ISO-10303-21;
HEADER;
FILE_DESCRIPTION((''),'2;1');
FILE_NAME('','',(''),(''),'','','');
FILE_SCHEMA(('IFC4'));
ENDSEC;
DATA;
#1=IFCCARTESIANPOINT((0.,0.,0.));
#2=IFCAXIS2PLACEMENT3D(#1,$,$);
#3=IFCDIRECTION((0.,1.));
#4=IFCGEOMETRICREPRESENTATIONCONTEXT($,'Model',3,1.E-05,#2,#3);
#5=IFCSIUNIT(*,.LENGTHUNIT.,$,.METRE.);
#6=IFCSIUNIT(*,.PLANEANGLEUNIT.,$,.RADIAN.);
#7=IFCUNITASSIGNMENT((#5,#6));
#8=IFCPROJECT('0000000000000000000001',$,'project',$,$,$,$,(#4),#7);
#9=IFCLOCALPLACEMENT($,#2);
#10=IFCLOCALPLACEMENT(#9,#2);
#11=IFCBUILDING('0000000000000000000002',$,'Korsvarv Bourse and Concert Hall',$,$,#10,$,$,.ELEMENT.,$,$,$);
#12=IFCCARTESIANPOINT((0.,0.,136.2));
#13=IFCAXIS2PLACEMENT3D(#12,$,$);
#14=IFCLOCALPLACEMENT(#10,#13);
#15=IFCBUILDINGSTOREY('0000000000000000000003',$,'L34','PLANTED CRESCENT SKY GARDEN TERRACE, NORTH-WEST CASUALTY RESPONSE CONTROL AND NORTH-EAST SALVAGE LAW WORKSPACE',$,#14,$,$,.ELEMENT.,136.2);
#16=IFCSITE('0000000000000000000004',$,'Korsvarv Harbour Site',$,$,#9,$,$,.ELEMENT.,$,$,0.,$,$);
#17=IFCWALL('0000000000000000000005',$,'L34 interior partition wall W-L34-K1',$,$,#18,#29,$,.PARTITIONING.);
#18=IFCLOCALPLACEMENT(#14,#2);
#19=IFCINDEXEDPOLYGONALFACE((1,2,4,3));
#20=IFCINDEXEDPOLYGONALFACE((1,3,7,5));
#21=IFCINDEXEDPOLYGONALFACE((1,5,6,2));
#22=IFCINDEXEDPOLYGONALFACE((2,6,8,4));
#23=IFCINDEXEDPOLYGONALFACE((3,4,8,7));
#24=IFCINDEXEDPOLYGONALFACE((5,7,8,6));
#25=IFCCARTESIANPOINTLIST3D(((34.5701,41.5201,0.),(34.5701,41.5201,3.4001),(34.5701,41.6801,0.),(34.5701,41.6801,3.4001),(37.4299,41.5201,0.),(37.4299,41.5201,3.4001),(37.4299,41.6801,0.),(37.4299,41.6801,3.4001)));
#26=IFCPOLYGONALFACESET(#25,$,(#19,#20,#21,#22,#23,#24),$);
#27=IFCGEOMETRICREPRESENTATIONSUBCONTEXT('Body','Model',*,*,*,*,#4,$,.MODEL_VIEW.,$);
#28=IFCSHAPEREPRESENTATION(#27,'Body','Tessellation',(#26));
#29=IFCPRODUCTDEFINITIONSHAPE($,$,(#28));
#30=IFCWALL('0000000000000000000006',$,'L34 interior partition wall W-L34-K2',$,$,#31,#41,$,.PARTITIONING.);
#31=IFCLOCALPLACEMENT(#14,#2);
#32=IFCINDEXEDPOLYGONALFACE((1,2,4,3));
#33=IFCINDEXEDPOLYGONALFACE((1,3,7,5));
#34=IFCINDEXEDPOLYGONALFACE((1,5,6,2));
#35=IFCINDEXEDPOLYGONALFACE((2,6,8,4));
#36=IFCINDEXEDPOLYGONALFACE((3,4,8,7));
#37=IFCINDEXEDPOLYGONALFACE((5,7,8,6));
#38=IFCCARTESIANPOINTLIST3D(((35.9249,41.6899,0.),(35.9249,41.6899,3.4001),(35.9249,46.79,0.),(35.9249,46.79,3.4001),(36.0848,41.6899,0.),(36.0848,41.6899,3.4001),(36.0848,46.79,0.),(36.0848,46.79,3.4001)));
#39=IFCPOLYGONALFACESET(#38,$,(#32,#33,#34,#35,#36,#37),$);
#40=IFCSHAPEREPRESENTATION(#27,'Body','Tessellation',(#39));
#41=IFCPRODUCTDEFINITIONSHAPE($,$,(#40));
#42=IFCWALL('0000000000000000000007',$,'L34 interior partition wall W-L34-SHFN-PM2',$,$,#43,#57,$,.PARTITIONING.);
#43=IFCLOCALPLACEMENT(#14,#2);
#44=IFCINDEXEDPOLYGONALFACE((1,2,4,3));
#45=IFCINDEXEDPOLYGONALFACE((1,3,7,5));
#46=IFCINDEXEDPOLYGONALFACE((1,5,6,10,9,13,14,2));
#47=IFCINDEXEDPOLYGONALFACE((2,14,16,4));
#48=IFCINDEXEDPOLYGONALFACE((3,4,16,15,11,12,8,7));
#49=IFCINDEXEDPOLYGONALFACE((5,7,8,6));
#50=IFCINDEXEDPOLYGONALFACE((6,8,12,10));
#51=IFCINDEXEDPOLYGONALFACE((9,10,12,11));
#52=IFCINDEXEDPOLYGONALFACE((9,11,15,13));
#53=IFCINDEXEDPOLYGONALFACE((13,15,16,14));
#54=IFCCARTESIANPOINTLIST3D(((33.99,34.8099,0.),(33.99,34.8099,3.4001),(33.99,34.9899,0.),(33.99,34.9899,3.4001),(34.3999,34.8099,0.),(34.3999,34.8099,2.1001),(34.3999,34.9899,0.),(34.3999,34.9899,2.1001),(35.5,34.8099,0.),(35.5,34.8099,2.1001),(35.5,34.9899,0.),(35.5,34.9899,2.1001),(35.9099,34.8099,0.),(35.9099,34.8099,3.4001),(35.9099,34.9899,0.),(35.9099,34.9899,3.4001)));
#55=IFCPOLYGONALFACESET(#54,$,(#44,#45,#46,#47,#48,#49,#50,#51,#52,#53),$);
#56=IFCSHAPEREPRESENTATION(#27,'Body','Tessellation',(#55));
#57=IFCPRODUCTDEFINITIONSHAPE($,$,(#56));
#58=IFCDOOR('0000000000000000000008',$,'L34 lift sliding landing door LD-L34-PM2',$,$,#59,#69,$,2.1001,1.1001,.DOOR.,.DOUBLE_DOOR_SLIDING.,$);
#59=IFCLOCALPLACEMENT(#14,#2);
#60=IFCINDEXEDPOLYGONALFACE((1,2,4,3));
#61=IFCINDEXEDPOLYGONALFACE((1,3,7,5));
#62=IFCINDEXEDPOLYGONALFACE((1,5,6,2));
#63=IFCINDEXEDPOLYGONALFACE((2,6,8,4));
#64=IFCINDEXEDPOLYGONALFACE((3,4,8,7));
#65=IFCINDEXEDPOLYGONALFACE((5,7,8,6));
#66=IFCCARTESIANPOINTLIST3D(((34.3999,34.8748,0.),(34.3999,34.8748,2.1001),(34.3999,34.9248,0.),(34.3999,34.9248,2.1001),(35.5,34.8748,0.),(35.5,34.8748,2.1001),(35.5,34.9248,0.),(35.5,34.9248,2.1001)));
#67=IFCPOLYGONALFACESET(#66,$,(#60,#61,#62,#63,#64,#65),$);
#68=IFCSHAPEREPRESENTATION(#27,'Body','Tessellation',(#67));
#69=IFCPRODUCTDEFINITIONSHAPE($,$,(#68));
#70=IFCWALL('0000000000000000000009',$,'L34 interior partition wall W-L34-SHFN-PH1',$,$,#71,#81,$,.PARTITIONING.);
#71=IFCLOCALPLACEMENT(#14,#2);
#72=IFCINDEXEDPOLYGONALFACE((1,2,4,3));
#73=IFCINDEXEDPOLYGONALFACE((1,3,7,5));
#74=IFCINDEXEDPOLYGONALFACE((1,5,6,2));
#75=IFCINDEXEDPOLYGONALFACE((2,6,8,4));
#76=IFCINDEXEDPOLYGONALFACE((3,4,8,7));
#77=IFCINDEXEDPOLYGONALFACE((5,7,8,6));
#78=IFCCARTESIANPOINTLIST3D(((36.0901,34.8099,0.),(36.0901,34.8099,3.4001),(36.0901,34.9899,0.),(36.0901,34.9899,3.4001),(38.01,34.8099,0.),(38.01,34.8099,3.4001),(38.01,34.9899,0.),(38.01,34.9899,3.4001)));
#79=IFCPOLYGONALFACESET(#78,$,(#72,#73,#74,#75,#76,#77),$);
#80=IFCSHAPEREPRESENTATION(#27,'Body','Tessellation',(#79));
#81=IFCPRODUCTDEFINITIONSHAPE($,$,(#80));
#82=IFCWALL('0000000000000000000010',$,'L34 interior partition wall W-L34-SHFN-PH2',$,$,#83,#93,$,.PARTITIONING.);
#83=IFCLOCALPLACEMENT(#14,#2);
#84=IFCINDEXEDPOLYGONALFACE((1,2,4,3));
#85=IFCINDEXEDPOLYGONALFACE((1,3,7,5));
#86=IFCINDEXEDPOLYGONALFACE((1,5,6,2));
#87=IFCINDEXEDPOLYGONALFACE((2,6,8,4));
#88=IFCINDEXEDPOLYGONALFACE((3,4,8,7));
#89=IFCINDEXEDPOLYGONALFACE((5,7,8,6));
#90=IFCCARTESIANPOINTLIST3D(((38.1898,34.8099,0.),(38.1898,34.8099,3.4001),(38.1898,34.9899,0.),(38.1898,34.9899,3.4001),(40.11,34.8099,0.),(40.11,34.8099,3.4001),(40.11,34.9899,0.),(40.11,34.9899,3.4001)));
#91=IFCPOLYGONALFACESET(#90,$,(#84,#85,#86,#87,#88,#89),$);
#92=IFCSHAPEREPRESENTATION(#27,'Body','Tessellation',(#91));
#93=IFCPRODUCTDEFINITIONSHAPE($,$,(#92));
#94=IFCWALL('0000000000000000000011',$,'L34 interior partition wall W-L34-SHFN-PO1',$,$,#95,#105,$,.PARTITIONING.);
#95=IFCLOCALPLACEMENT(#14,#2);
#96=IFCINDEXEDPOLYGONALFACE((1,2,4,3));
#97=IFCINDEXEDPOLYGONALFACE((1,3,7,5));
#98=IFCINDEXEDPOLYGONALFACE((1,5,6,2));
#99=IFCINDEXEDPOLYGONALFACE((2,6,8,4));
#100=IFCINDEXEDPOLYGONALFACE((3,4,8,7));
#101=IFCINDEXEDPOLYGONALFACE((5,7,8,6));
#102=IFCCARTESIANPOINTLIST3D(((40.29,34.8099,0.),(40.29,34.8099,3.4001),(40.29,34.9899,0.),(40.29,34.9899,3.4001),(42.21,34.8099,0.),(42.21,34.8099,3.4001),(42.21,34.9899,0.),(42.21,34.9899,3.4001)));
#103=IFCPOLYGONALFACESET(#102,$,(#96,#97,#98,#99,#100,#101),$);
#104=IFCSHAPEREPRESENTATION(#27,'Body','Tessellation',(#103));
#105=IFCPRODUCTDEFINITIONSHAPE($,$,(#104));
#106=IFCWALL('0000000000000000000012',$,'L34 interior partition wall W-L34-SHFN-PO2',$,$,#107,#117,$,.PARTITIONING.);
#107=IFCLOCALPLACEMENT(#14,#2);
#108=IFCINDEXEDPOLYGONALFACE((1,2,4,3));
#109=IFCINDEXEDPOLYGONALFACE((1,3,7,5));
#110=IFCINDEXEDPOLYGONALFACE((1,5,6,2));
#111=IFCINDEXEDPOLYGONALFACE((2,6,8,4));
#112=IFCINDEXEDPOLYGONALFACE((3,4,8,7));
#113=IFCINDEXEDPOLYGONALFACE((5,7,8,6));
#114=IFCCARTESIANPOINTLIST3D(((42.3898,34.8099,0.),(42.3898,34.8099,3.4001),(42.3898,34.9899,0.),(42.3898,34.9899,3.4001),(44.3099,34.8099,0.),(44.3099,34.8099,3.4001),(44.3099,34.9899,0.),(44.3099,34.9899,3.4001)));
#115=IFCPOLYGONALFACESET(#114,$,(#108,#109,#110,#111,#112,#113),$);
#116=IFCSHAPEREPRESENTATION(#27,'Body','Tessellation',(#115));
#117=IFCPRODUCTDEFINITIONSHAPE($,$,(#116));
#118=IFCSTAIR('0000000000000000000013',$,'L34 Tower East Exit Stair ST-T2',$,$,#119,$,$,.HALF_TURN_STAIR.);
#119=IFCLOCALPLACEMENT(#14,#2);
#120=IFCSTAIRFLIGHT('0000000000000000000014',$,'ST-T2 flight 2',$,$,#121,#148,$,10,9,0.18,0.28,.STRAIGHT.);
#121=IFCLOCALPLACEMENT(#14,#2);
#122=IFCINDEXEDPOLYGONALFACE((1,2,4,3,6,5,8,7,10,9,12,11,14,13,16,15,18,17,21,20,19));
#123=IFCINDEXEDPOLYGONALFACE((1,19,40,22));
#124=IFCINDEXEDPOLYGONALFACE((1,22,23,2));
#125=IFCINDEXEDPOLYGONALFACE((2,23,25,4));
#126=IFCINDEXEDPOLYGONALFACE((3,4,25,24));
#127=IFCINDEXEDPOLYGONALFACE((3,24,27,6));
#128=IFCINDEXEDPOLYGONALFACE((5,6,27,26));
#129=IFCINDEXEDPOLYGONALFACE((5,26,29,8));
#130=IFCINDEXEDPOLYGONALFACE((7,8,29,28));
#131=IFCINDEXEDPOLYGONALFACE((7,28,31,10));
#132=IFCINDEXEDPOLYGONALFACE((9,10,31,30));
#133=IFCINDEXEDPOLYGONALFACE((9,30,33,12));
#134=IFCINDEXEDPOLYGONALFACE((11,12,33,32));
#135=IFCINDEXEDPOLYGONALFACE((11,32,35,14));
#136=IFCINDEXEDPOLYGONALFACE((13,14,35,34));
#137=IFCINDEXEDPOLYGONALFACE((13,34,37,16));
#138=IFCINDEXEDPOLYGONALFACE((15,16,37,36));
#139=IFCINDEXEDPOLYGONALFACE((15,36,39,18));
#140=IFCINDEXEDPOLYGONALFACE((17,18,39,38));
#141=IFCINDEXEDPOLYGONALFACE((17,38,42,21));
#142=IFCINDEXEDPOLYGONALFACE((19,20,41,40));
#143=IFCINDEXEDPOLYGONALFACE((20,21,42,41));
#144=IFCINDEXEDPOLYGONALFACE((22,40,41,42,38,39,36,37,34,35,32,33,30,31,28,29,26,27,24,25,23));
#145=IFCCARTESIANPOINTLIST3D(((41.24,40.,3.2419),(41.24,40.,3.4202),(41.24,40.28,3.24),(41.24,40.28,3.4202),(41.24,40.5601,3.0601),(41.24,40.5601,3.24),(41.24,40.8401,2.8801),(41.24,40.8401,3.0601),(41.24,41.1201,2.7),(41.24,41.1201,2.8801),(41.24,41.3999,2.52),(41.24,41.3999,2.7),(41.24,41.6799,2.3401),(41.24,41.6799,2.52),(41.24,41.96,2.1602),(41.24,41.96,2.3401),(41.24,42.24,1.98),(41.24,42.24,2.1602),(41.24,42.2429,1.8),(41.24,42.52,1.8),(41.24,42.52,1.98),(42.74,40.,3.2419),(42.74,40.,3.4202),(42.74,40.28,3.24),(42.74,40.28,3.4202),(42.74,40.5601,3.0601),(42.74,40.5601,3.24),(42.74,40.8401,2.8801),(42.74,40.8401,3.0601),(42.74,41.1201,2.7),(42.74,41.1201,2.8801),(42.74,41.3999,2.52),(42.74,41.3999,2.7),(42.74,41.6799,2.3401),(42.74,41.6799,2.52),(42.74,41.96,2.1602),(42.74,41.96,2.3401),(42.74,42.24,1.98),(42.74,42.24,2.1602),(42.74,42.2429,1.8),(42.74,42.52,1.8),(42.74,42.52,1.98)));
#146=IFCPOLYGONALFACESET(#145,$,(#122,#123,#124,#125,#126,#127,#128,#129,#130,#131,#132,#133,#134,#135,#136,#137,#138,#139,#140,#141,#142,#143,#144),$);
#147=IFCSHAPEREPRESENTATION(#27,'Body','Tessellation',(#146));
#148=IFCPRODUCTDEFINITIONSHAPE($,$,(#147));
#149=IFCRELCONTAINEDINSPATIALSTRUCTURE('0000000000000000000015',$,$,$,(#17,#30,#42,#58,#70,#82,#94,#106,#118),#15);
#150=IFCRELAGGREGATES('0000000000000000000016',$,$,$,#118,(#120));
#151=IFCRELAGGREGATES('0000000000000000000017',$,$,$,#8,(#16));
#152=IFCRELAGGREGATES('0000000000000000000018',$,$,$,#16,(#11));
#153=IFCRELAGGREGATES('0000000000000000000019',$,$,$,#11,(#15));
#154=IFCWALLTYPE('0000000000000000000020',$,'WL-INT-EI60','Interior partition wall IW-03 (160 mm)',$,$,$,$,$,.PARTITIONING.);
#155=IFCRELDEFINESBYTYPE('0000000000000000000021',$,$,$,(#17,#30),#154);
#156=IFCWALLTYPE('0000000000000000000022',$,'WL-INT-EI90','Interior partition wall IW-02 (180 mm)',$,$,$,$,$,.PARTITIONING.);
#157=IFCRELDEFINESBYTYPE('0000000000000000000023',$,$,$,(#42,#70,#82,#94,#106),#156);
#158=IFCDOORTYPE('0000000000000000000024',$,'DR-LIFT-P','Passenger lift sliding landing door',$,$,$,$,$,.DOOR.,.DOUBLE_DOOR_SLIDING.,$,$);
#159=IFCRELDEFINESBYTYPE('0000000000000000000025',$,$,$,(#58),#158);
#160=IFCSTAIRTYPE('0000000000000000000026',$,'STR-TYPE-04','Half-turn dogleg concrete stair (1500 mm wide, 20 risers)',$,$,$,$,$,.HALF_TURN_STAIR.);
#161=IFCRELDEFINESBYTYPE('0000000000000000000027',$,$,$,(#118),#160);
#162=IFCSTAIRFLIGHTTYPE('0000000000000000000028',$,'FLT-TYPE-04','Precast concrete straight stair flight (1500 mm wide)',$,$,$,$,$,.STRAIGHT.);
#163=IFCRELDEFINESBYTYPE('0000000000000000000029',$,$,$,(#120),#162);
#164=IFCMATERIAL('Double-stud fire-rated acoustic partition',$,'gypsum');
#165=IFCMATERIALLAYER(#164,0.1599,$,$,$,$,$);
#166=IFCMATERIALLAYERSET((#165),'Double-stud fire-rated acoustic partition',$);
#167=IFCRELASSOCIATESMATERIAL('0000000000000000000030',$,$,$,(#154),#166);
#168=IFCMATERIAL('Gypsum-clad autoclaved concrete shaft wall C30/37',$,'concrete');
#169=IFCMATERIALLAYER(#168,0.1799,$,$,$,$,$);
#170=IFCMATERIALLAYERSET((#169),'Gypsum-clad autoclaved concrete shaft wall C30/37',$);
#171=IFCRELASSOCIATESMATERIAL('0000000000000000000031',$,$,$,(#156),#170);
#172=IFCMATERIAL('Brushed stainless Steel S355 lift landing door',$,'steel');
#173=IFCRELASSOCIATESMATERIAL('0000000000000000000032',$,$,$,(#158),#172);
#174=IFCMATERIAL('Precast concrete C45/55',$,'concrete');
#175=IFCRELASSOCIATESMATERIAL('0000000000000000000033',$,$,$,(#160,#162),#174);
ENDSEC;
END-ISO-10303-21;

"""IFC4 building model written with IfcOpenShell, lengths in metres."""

from ifc_helpers import new_model, si_unit, direction, frame, frame_2d, origin, place, context, subcontext, project, spatial, polyline, rectangle, outline, extrude, material, layer, layer_set, type_object, element, fill, aggregate, save


model = new_model("IFC4")

# Units and contexts
model_context = context("Model", 3, precision=1e-05, world=origin(), true_north=direction((0.0, 1.0)))
body_context = subcontext(model_context, "Body", "Model", "MODEL_VIEW")
ifc_project = project(units=[si_unit("LENGTHUNIT", "METRE"), si_unit("PLANEANGLEUNIT", "RADIAN")], contexts=[model_context])

# Site, building, storey
site_placement = place(None, origin())
site = spatial("IfcSite", under=ifc_project, at=site_placement, Name="Korsvarv Harbour Site", CompositionType="ELEMENT", RefElevation=0.0)
building_placement = place(site_placement, origin())
building = spatial("IfcBuilding", under=site, at=building_placement, Name="Korsvarv Bourse and Concert Hall", CompositionType="ELEMENT")
storey_placement = place(building_placement, frame((0.0, 0.0, 136.2)))
storey = spatial("IfcBuildingStorey", under=building, at=storey_placement, Name="L34", Description="PLANTED CRESCENT SKY GARDEN TERRACE, NORTH-WEST CASUALTY RESPONSE CONTROL AND NORTH-EAST SALVAGE LAW WORKSPACE", CompositionType="ELEMENT", Elevation=136.2)

# Walls
ifc_material_1 = material(Name="Double-stud fire-rated acoustic partition", Category="gypsum")
ifc_layer_1 = layer(ifc_material_1, 0.1599)
ifc_layer_set_1 = layer_set([ifc_layer_1], Name="Double-stud fire-rated acoustic partition")
wall_type_1 = type_object("IfcWallType", Name="WL-INT-EI60", Description="Interior partition wall IW-03 (160 mm)", PredefinedType="PARTITIONING", material=ifc_layer_set_1)
wall_1_placement = place(storey_placement, frame((34.5701, 41.6001, 0.0), z_axis=(0.0, 0.0, 1.0), x_axis=(1.0, 0.0, 0.0)))
element("IfcWall", 1, at=wall_1_placement, inside=storey, type_object=wall_type_1, Name="L34 interior partition wall W-L34-K1", PredefinedType="PARTITIONING", context=body_context, shape_type="SweptSolid", body=[
    extrude(rectangle(XDim=2.8599, YDim=0.1599, at=frame_2d((1.4299, 0.0))), origin(), (0.0, 0.0, 1.0), 3.4001),
])
wall_2_placement = place(storey_placement, frame((36.0049, 41.6899, 0.0), z_axis=(0.0, 0.0, 1.0), x_axis=(0.0, 1.0, 0.0)))
element("IfcWall", 2, at=wall_2_placement, inside=storey, type_object=wall_type_1, Name="L34 interior partition wall W-L34-K2", PredefinedType="PARTITIONING", context=body_context, shape_type="SweptSolid", body=[
    extrude(rectangle(XDim=5.1001, YDim=0.1599, at=frame_2d((2.55, 0.0))), origin(), (0.0, 0.0, 1.0), 3.4001),
])

# Wall, opening, door
ifc_material_2 = material(Name="Gypsum-clad autoclaved concrete shaft wall C30/37", Category="concrete")
ifc_layer_2 = layer(ifc_material_2, 0.1799)
ifc_layer_set_2 = layer_set([ifc_layer_2], Name="Gypsum-clad autoclaved concrete shaft wall C30/37")
wall_type_2 = type_object("IfcWallType", Name="WL-INT-EI90", Description="Interior partition wall IW-02 (180 mm)", PredefinedType="PARTITIONING", material=ifc_layer_set_2)
wall_3_placement = place(storey_placement, frame((33.99, 34.8999, 0.0), z_axis=(0.0, 0.0, 1.0), x_axis=(1.0, 0.0, 0.0)))
wall_3 = element("IfcWall", 3, at=wall_3_placement, inside=storey, type_object=wall_type_2, Name="L34 interior partition wall W-L34-SHFN-PM2", PredefinedType="PARTITIONING", context=body_context, shape_type="SweptSolid", body=[
    extrude(rectangle(XDim=1.9199, YDim=0.1799, at=frame_2d((0.96, 0.0))), origin(), (0.0, 0.0, 1.0), 3.4001),
])
opening_1_placement = place(wall_3_placement, frame((0.4099, 0.0, 0.0)))
opening_1 = element("IfcOpeningElement", 4, at=opening_1_placement, cuts=wall_3, PredefinedType="OPENING", context=body_context, shape_type="SweptSolid", body=[
    extrude(rectangle(XDim=1.1001, YDim=2.1001, at=frame_2d((0.55, 1.05))), frame((0.0, 0.1001, 0.0), z_axis=(0.0, -1.0, 0.0), x_axis=(1.0, 0.0, 0.0)), (0.0, 0.0, 1.0), 0.2),
])
ifc_material_3 = material(Name="Brushed stainless Steel S355 lift landing door", Category="steel")
door_type_1 = type_object("IfcDoorType", Name="DR-LIFT-P", Description="Passenger lift sliding landing door", OperationType="DOUBLE_DOOR_SLIDING", PredefinedType="DOOR", material=ifc_material_3)
door_1_placement = place(opening_1_placement, origin())
door_1 = element("IfcDoor", 5, at=door_1_placement, inside=storey, type_object=door_type_1, Name="L34 lift sliding landing door LD-L34-PM2", OperationType="DOUBLE_DOOR_SLIDING", OverallHeight=2.1001, OverallWidth=1.1001, PredefinedType="DOOR", context=body_context, shape_type="SweptSolid", body=[
    extrude(rectangle(XDim=1.1001, YDim=2.1001, at=frame_2d((0.55, 1.05))), frame((0.0, 0.0249, 0.0), z_axis=(0.0, -1.0, 0.0), x_axis=(1.0, 0.0, 0.0)), (0.0, 0.0, 1.0), 0.05),
])
fill(opening_1, door_1)

# Walls
wall_4_placement = place(storey_placement, frame((36.0901, 34.8999, 0.0), z_axis=(0.0, 0.0, 1.0), x_axis=(1.0, 0.0, 0.0)))
element("IfcWall", 6, at=wall_4_placement, inside=storey, type_object=wall_type_2, Name="L34 interior partition wall W-L34-SHFN-PH1", PredefinedType="PARTITIONING", context=body_context, shape_type="SweptSolid", body=[
    extrude(rectangle(XDim=1.9199, YDim=0.1799, at=frame_2d((0.96, 0.0))), origin(), (0.0, 0.0, 1.0), 3.4001),
])
wall_5_placement = place(storey_placement, frame((38.1899, 34.8999, 0.0), z_axis=(0.0, 0.0, 1.0), x_axis=(1.0, 0.0, 0.0)))
element("IfcWall", 7, at=wall_5_placement, inside=storey, type_object=wall_type_2, Name="L34 interior partition wall W-L34-SHFN-PH2", PredefinedType="PARTITIONING", context=body_context, shape_type="SweptSolid", body=[
    extrude(rectangle(XDim=1.9202, YDim=0.1799, at=frame_2d((0.96, 0.0))), origin(), (0.0, 0.0, 1.0), 3.4001),
])
wall_6_placement = place(storey_placement, frame((40.29, 34.8999, 0.0), z_axis=(0.0, 0.0, 1.0), x_axis=(1.0, 0.0, 0.0)))
element("IfcWall", 8, at=wall_6_placement, inside=storey, type_object=wall_type_2, Name="L34 interior partition wall W-L34-SHFN-PO1", PredefinedType="PARTITIONING", context=body_context, shape_type="SweptSolid", body=[
    extrude(rectangle(XDim=1.9199, YDim=0.1799, at=frame_2d((0.96, 0.0))), origin(), (0.0, 0.0, 1.0), 3.4001),
])
wall_7_placement = place(storey_placement, frame((42.3899, 34.8999, 0.0), z_axis=(0.0, 0.0, 1.0), x_axis=(1.0, 0.0, 0.0)))
element("IfcWall", 9, at=wall_7_placement, inside=storey, type_object=wall_type_2, Name="L34 interior partition wall W-L34-SHFN-PO2", PredefinedType="PARTITIONING", context=body_context, shape_type="SweptSolid", body=[
    extrude(rectangle(XDim=1.9202, YDim=0.1799, at=frame_2d((0.96, 0.0))), origin(), (0.0, 0.0, 1.0), 3.4001),
])

# Stair, stair flight
ifc_material_4 = material(Name="Precast concrete C45/55", Category="concrete")
stair_type = type_object("IfcStairType", Name="STR-TYPE-04", Description="Half-turn dogleg concrete stair (1500 mm wide, 20 risers)", PredefinedType="HALF_TURN_STAIR", material=ifc_material_4)
stair_placement = place(storey_placement, origin())
stair = element("IfcStair", 10, at=stair_placement, inside=storey, type_object=stair_type, Name="L34 Tower East Exit Stair ST-T2", PredefinedType="HALF_TURN_STAIR")
stair_flight_type = type_object("IfcStairFlightType", Name="FLT-TYPE-04", Description="Precast concrete straight stair flight (1500 mm wide)", PredefinedType="STRAIGHT", material=ifc_material_4)
stair_flight_placement = place(storey_placement, frame((41.99, 42.52, 1.8), z_axis=(0.0, 0.0, 1.0), x_axis=(0.0, -1.0, 0.0)))
stair_flight = element("IfcStairFlight", 11, at=stair_flight_placement, type_object=stair_flight_type, Name="ST-T2 flight 2", NumberOfRisers=10, NumberOfTreads=9, PredefinedType="STRAIGHT", RiserHeight=0.18, TreadLength=0.28, context=body_context, shape_type="SweptSolid", body=[
    extrude(outline(polyline([(0.0, 0.0), (0.0, 0.1799), (0.28, 0.1799), (0.28, 0.3601), (0.5601, 0.3601), (0.5601, 0.54), (0.8401, 0.54), (0.8401, 0.72), (1.1201, 0.72), (1.1201, 0.8999), (1.3999, 0.8999), (1.3999, 1.0801), (1.6799, 1.0801), (1.6799, 1.26), (1.96, 1.26), (1.96, 1.4399), (2.24, 1.4399), (2.24, 1.6201), (2.52, 1.6201), (2.52, 1.8), (2.52, 1.4419), (0.2771, 0.0), (0.0, 0.0)])), frame((0.0, 0.75, 0.0), z_axis=(0.0, -1.0, 0.0), x_axis=(1.0, 0.0, 0.0)), (0.0, 0.0, 1.0), 1.5),
])
aggregate(stair, [stair_flight])

save(model, "model.ifc")
